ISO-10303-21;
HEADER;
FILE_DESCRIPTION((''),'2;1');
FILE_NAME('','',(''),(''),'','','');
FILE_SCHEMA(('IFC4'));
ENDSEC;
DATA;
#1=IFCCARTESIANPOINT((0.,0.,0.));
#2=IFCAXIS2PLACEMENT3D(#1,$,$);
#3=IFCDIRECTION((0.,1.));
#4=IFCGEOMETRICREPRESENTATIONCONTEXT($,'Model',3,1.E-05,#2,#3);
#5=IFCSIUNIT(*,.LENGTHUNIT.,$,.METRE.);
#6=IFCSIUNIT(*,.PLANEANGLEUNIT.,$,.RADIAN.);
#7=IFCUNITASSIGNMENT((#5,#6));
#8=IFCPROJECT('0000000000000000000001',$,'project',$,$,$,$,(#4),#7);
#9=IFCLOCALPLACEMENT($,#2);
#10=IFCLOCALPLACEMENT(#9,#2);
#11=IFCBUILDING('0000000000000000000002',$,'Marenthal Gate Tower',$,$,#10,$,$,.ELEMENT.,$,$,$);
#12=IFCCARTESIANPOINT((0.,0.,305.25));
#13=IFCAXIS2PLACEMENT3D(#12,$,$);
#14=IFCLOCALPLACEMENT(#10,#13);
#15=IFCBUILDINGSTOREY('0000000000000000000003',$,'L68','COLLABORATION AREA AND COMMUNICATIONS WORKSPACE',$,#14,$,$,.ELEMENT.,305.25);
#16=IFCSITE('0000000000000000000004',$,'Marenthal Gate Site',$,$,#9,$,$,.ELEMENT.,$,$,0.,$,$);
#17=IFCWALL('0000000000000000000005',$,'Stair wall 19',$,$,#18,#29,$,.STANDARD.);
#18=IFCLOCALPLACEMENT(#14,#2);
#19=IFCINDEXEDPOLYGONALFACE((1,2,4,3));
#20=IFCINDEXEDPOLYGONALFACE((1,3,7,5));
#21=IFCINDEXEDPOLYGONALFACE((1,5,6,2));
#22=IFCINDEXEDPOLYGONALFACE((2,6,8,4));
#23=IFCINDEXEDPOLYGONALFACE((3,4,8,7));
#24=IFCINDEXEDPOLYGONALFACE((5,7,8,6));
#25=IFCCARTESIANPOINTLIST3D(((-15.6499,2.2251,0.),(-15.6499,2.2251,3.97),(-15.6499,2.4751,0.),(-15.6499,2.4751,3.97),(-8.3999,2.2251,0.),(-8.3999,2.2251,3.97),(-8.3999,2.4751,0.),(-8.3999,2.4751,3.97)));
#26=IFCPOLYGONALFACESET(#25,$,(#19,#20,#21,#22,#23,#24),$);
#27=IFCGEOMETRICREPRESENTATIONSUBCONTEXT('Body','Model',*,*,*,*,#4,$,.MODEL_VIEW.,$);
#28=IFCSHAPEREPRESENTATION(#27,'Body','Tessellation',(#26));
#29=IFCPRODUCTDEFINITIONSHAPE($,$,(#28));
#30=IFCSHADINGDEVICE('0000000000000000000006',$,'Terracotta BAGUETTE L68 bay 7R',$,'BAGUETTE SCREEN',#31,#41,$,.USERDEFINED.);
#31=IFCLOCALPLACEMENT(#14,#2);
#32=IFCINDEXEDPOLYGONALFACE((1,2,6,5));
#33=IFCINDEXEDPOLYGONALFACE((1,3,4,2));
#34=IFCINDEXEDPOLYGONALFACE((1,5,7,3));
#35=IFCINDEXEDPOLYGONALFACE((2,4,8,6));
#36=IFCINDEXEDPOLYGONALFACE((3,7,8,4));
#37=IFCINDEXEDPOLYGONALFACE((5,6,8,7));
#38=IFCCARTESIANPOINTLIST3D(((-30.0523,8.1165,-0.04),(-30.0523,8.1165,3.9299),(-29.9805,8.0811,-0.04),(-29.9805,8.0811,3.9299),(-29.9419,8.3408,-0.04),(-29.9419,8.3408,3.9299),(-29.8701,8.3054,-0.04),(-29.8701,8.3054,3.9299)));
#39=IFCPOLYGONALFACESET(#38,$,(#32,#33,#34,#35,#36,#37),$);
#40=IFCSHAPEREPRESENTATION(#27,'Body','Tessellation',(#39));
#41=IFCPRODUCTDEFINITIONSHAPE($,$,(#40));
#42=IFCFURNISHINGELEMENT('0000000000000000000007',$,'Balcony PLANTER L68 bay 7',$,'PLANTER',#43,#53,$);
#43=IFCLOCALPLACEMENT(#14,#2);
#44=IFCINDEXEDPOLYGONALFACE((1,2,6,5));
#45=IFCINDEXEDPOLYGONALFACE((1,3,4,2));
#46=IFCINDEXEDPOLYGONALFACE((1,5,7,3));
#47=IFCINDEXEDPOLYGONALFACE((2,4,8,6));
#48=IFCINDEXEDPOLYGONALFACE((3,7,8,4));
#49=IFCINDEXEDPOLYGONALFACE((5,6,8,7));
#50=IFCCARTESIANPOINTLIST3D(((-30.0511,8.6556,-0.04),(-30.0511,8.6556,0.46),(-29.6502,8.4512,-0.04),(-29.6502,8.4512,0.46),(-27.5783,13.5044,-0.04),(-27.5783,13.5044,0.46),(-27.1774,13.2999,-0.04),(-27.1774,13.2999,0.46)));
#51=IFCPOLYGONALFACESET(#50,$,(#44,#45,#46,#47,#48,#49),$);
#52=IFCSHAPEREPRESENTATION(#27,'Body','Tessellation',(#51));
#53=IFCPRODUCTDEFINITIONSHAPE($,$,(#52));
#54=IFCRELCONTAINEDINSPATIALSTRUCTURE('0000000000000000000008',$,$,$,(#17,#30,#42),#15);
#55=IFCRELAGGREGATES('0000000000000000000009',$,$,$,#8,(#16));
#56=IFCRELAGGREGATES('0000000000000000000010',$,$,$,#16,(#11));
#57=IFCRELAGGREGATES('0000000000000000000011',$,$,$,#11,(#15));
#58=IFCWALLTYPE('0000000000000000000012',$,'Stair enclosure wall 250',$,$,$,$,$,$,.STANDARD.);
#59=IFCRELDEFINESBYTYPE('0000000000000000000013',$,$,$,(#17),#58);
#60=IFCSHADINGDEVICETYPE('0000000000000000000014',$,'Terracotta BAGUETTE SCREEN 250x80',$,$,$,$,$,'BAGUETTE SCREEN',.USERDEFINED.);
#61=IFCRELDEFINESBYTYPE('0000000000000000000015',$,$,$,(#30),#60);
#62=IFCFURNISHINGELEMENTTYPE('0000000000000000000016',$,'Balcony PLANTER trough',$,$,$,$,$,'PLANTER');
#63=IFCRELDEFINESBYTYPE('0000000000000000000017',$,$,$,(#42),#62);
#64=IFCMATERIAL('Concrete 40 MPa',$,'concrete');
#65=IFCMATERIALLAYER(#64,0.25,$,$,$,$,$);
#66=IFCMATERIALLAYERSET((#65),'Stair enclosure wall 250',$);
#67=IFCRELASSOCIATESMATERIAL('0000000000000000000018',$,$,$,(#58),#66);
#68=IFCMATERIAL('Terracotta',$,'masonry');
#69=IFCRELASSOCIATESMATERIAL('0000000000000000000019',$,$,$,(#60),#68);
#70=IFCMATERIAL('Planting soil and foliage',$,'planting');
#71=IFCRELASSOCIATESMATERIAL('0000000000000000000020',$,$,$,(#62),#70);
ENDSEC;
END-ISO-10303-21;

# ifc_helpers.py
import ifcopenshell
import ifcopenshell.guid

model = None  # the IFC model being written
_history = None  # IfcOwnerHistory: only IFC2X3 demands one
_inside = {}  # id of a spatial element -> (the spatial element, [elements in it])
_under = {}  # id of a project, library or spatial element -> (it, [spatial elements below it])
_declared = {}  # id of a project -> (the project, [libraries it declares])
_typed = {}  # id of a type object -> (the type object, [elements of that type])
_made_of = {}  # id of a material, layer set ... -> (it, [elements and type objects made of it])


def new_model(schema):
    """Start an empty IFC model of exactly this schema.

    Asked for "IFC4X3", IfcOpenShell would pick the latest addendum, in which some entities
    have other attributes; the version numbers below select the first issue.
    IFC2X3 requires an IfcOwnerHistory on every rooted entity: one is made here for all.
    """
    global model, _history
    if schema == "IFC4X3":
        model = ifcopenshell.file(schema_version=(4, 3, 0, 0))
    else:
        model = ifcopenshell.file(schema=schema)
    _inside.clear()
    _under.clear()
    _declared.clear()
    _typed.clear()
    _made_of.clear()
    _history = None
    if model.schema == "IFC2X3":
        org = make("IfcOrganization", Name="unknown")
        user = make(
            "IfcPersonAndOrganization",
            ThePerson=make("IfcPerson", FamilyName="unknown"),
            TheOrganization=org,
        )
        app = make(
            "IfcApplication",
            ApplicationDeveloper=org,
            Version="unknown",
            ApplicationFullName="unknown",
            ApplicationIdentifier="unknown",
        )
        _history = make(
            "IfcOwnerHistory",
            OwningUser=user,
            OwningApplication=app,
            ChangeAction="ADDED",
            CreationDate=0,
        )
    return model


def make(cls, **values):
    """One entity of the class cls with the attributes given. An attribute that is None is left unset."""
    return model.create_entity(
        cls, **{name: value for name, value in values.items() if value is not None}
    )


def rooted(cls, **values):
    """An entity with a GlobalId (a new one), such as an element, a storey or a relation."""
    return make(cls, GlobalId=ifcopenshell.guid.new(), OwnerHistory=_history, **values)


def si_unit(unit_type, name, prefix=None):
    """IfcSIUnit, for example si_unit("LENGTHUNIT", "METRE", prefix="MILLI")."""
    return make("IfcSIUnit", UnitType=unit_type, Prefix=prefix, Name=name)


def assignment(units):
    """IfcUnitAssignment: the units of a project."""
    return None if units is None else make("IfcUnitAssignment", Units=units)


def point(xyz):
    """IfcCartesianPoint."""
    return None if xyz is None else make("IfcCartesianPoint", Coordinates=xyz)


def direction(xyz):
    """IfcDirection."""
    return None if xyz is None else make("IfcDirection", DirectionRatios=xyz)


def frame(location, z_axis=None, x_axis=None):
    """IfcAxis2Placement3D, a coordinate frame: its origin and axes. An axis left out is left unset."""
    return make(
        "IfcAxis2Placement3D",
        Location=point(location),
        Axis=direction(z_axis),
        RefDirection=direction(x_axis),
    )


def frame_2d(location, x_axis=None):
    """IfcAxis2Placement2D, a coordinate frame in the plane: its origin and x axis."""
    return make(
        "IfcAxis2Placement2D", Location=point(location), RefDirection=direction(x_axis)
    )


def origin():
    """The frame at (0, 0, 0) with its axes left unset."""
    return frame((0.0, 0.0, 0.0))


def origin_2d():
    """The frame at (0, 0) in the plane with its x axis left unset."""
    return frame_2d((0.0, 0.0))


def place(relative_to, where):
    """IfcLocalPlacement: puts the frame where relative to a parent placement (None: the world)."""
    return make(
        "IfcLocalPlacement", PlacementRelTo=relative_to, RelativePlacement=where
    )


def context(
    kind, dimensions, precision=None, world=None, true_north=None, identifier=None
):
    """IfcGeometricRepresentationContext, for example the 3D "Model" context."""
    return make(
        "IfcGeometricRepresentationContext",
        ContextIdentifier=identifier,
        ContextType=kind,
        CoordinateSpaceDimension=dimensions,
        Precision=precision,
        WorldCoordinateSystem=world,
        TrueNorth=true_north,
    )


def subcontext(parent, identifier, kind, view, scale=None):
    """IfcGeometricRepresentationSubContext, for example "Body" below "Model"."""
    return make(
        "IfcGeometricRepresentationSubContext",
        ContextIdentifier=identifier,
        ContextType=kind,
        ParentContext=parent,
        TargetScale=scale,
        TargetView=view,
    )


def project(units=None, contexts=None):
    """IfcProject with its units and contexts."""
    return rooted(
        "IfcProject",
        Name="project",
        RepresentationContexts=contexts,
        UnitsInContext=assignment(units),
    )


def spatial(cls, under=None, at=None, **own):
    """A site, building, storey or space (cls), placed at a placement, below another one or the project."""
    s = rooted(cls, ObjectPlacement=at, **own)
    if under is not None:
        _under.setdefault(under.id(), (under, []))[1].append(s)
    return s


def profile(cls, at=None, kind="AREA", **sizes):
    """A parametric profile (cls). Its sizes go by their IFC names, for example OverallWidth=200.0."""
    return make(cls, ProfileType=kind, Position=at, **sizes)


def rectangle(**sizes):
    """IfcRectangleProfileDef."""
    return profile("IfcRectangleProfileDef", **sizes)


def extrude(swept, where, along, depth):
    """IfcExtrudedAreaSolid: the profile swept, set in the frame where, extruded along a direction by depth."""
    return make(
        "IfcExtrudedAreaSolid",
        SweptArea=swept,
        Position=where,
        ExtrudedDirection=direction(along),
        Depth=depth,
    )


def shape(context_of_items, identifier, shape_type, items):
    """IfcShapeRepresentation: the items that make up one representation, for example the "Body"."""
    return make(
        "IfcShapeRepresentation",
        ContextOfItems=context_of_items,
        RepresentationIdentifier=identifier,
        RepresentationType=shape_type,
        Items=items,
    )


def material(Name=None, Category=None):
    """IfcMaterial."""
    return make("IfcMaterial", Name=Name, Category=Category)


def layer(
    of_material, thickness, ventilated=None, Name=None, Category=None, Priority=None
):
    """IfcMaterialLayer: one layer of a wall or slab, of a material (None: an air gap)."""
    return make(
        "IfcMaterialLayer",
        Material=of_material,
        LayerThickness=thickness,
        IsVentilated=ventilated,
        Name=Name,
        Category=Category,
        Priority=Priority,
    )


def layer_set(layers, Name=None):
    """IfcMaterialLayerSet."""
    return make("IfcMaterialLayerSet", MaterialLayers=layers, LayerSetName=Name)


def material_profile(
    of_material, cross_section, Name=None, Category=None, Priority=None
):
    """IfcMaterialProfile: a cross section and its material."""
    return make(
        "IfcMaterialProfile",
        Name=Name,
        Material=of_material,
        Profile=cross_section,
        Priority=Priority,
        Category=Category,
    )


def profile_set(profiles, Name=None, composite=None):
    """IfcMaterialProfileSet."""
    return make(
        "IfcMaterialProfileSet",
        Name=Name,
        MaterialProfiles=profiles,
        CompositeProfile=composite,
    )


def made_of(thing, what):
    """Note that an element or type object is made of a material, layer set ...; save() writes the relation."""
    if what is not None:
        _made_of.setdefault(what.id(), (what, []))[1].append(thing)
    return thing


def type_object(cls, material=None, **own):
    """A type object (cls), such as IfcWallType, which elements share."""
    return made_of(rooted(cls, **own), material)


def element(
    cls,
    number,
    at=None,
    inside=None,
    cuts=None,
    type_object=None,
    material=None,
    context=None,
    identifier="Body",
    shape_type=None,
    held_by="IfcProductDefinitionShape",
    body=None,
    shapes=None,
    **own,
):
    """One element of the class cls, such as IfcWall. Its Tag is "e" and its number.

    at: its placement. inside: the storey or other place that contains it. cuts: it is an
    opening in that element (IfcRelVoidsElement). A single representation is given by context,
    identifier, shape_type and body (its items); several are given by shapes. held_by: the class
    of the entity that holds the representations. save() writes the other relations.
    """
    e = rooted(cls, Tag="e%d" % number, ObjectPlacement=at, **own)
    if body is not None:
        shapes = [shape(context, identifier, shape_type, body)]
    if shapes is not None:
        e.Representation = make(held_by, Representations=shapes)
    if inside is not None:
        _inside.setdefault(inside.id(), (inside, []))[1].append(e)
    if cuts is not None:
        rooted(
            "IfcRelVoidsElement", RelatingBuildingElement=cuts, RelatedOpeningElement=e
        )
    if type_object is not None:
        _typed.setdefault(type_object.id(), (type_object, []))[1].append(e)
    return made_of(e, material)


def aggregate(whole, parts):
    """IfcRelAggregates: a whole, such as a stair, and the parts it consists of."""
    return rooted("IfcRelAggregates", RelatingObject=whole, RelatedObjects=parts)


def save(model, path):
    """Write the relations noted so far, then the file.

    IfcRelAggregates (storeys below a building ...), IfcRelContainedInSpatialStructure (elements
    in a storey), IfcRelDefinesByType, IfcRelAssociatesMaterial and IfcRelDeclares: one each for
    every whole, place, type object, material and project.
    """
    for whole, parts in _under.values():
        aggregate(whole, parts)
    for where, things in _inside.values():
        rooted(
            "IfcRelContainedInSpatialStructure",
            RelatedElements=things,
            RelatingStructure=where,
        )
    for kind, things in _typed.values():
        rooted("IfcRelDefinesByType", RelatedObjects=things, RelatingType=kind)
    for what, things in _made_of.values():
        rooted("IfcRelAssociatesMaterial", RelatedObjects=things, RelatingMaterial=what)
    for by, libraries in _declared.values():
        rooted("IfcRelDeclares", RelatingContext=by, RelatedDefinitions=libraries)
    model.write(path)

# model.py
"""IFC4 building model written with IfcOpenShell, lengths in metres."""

from ifc_helpers import new_model, si_unit, direction, frame, frame_2d, origin, origin_2d, place, context, subcontext, project, spatial, rectangle, extrude, material, layer, layer_set, material_profile, profile_set, type_object, element, save


model = new_model("IFC4")

# Units and contexts
model_context = context("Model", 3, precision=1e-05, world=origin(), true_north=direction((0.0, 1.0)))
body_context = subcontext(model_context, "Body", "Model", "MODEL_VIEW")
ifc_project = project(units=[si_unit("LENGTHUNIT", "METRE"), si_unit("PLANEANGLEUNIT", "RADIAN")], contexts=[model_context])

# Site, building, storey
site_placement = place(None, origin())
site = spatial("IfcSite", under=ifc_project, at=site_placement, Name="Marenthal Gate Site", CompositionType="ELEMENT", RefElevation=0.0)
building_placement = place(site_placement, origin())
building = spatial("IfcBuilding", under=site, at=building_placement, Name="Marenthal Gate Tower", CompositionType="ELEMENT")
storey_placement = place(building_placement, frame((0.0, 0.0, 305.25)))
storey = spatial("IfcBuildingStorey", under=building, at=storey_placement, Name="L68", Description="COLLABORATION AREA AND COMMUNICATIONS WORKSPACE", CompositionType="ELEMENT", Elevation=305.25)

# Wall
ifc_material_1 = material(Name="Concrete 40 MPa", Category="concrete")
ifc_layer_1 = layer(ifc_material_1, 0.25)
ifc_layer_set_1 = layer_set([ifc_layer_1], Name="Stair enclosure wall 250")
wall_type_1 = type_object("IfcWallType", Name="Stair enclosure wall 250", PredefinedType="STANDARD", material=ifc_layer_set_1)
wall_1_placement = place(storey_placement, frame((-15.6499, 2.3501, 0.0), z_axis=(0.0, 0.0, 1.0), x_axis=(1.0, 0.0, 0.0)))
element("IfcWall", 1, at=wall_1_placement, inside=storey, type_object=wall_type_1, Name="Stair wall 19", PredefinedType="STANDARD", context=body_context, shape_type="SweptSolid", body=[
    extrude(rectangle(XDim=7.25, YDim=0.25, at=frame_2d((3.625, 0.0))), origin(), (0.0, 0.0, 1.0), 3.97),
])

# Shading device
ifc_material_2 = material(Name="Terracotta", Category="masonry")
ifc_material_profile_1 = material_profile(ifc_material_2, rectangle(XDim=0.25, YDim=0.0801, at=origin_2d()), Name="Terracotta baguette 250x80")
ifc_profile_set_1 = profile_set([ifc_material_profile_1], Name="Terracotta")
shading_device_type = type_object("IfcShadingDeviceType", Name="Terracotta BAGUETTE SCREEN 250x80", ElementType="BAGUETTE SCREEN", PredefinedType="USERDEFINED", material=ifc_profile_set_1)
shading_device_placement = place(storey_placement, frame((-29.9612, 8.2109, -0.04), z_axis=(0.0, 0.0, 1.0), x_axis=(-0.441624, -0.8972, 0.0)))
element("IfcShadingDevice", 2, at=shading_device_placement, inside=storey, type_object=shading_device_type, Name="Terracotta BAGUETTE L68 bay 7R", ObjectType="BAGUETTE SCREEN", PredefinedType="USERDEFINED", context=body_context, shape_type="SweptSolid", body=[
    extrude(rectangle(XDim=0.25, YDim=0.0801, at=origin_2d()), origin(), (0.0, 0.0, 1.0), 3.97),
])

# Furnishing element
ifc_material_3 = material(Name="Planting soil and foliage", Category="planting")
furnishing_element_type = type_object("IfcFurnishingElementType", Name="Balcony PLANTER trough", ElementType="PLANTER", material=ifc_material_3)
furnishing_placement = place(storey_placement, frame((-28.6143, 10.9778, -0.04), z_axis=(0.0, 0.0, 1.0), x_axis=(-0.454321, -0.890838, 0.0)))
element("IfcFurnishingElement", 3, at=furnishing_placement, inside=storey, type_object=furnishing_element_type, Name="Balcony PLANTER L68 bay 7", ObjectType="PLANTER", context=body_context, shape_type="SweptSolid", body=[
    extrude(rectangle(XDim=5.4429, YDim=0.45, at=origin_2d()), origin(), (0.0, 0.0, 1.0), 0.5),
])

save(model, "model.ifc")
